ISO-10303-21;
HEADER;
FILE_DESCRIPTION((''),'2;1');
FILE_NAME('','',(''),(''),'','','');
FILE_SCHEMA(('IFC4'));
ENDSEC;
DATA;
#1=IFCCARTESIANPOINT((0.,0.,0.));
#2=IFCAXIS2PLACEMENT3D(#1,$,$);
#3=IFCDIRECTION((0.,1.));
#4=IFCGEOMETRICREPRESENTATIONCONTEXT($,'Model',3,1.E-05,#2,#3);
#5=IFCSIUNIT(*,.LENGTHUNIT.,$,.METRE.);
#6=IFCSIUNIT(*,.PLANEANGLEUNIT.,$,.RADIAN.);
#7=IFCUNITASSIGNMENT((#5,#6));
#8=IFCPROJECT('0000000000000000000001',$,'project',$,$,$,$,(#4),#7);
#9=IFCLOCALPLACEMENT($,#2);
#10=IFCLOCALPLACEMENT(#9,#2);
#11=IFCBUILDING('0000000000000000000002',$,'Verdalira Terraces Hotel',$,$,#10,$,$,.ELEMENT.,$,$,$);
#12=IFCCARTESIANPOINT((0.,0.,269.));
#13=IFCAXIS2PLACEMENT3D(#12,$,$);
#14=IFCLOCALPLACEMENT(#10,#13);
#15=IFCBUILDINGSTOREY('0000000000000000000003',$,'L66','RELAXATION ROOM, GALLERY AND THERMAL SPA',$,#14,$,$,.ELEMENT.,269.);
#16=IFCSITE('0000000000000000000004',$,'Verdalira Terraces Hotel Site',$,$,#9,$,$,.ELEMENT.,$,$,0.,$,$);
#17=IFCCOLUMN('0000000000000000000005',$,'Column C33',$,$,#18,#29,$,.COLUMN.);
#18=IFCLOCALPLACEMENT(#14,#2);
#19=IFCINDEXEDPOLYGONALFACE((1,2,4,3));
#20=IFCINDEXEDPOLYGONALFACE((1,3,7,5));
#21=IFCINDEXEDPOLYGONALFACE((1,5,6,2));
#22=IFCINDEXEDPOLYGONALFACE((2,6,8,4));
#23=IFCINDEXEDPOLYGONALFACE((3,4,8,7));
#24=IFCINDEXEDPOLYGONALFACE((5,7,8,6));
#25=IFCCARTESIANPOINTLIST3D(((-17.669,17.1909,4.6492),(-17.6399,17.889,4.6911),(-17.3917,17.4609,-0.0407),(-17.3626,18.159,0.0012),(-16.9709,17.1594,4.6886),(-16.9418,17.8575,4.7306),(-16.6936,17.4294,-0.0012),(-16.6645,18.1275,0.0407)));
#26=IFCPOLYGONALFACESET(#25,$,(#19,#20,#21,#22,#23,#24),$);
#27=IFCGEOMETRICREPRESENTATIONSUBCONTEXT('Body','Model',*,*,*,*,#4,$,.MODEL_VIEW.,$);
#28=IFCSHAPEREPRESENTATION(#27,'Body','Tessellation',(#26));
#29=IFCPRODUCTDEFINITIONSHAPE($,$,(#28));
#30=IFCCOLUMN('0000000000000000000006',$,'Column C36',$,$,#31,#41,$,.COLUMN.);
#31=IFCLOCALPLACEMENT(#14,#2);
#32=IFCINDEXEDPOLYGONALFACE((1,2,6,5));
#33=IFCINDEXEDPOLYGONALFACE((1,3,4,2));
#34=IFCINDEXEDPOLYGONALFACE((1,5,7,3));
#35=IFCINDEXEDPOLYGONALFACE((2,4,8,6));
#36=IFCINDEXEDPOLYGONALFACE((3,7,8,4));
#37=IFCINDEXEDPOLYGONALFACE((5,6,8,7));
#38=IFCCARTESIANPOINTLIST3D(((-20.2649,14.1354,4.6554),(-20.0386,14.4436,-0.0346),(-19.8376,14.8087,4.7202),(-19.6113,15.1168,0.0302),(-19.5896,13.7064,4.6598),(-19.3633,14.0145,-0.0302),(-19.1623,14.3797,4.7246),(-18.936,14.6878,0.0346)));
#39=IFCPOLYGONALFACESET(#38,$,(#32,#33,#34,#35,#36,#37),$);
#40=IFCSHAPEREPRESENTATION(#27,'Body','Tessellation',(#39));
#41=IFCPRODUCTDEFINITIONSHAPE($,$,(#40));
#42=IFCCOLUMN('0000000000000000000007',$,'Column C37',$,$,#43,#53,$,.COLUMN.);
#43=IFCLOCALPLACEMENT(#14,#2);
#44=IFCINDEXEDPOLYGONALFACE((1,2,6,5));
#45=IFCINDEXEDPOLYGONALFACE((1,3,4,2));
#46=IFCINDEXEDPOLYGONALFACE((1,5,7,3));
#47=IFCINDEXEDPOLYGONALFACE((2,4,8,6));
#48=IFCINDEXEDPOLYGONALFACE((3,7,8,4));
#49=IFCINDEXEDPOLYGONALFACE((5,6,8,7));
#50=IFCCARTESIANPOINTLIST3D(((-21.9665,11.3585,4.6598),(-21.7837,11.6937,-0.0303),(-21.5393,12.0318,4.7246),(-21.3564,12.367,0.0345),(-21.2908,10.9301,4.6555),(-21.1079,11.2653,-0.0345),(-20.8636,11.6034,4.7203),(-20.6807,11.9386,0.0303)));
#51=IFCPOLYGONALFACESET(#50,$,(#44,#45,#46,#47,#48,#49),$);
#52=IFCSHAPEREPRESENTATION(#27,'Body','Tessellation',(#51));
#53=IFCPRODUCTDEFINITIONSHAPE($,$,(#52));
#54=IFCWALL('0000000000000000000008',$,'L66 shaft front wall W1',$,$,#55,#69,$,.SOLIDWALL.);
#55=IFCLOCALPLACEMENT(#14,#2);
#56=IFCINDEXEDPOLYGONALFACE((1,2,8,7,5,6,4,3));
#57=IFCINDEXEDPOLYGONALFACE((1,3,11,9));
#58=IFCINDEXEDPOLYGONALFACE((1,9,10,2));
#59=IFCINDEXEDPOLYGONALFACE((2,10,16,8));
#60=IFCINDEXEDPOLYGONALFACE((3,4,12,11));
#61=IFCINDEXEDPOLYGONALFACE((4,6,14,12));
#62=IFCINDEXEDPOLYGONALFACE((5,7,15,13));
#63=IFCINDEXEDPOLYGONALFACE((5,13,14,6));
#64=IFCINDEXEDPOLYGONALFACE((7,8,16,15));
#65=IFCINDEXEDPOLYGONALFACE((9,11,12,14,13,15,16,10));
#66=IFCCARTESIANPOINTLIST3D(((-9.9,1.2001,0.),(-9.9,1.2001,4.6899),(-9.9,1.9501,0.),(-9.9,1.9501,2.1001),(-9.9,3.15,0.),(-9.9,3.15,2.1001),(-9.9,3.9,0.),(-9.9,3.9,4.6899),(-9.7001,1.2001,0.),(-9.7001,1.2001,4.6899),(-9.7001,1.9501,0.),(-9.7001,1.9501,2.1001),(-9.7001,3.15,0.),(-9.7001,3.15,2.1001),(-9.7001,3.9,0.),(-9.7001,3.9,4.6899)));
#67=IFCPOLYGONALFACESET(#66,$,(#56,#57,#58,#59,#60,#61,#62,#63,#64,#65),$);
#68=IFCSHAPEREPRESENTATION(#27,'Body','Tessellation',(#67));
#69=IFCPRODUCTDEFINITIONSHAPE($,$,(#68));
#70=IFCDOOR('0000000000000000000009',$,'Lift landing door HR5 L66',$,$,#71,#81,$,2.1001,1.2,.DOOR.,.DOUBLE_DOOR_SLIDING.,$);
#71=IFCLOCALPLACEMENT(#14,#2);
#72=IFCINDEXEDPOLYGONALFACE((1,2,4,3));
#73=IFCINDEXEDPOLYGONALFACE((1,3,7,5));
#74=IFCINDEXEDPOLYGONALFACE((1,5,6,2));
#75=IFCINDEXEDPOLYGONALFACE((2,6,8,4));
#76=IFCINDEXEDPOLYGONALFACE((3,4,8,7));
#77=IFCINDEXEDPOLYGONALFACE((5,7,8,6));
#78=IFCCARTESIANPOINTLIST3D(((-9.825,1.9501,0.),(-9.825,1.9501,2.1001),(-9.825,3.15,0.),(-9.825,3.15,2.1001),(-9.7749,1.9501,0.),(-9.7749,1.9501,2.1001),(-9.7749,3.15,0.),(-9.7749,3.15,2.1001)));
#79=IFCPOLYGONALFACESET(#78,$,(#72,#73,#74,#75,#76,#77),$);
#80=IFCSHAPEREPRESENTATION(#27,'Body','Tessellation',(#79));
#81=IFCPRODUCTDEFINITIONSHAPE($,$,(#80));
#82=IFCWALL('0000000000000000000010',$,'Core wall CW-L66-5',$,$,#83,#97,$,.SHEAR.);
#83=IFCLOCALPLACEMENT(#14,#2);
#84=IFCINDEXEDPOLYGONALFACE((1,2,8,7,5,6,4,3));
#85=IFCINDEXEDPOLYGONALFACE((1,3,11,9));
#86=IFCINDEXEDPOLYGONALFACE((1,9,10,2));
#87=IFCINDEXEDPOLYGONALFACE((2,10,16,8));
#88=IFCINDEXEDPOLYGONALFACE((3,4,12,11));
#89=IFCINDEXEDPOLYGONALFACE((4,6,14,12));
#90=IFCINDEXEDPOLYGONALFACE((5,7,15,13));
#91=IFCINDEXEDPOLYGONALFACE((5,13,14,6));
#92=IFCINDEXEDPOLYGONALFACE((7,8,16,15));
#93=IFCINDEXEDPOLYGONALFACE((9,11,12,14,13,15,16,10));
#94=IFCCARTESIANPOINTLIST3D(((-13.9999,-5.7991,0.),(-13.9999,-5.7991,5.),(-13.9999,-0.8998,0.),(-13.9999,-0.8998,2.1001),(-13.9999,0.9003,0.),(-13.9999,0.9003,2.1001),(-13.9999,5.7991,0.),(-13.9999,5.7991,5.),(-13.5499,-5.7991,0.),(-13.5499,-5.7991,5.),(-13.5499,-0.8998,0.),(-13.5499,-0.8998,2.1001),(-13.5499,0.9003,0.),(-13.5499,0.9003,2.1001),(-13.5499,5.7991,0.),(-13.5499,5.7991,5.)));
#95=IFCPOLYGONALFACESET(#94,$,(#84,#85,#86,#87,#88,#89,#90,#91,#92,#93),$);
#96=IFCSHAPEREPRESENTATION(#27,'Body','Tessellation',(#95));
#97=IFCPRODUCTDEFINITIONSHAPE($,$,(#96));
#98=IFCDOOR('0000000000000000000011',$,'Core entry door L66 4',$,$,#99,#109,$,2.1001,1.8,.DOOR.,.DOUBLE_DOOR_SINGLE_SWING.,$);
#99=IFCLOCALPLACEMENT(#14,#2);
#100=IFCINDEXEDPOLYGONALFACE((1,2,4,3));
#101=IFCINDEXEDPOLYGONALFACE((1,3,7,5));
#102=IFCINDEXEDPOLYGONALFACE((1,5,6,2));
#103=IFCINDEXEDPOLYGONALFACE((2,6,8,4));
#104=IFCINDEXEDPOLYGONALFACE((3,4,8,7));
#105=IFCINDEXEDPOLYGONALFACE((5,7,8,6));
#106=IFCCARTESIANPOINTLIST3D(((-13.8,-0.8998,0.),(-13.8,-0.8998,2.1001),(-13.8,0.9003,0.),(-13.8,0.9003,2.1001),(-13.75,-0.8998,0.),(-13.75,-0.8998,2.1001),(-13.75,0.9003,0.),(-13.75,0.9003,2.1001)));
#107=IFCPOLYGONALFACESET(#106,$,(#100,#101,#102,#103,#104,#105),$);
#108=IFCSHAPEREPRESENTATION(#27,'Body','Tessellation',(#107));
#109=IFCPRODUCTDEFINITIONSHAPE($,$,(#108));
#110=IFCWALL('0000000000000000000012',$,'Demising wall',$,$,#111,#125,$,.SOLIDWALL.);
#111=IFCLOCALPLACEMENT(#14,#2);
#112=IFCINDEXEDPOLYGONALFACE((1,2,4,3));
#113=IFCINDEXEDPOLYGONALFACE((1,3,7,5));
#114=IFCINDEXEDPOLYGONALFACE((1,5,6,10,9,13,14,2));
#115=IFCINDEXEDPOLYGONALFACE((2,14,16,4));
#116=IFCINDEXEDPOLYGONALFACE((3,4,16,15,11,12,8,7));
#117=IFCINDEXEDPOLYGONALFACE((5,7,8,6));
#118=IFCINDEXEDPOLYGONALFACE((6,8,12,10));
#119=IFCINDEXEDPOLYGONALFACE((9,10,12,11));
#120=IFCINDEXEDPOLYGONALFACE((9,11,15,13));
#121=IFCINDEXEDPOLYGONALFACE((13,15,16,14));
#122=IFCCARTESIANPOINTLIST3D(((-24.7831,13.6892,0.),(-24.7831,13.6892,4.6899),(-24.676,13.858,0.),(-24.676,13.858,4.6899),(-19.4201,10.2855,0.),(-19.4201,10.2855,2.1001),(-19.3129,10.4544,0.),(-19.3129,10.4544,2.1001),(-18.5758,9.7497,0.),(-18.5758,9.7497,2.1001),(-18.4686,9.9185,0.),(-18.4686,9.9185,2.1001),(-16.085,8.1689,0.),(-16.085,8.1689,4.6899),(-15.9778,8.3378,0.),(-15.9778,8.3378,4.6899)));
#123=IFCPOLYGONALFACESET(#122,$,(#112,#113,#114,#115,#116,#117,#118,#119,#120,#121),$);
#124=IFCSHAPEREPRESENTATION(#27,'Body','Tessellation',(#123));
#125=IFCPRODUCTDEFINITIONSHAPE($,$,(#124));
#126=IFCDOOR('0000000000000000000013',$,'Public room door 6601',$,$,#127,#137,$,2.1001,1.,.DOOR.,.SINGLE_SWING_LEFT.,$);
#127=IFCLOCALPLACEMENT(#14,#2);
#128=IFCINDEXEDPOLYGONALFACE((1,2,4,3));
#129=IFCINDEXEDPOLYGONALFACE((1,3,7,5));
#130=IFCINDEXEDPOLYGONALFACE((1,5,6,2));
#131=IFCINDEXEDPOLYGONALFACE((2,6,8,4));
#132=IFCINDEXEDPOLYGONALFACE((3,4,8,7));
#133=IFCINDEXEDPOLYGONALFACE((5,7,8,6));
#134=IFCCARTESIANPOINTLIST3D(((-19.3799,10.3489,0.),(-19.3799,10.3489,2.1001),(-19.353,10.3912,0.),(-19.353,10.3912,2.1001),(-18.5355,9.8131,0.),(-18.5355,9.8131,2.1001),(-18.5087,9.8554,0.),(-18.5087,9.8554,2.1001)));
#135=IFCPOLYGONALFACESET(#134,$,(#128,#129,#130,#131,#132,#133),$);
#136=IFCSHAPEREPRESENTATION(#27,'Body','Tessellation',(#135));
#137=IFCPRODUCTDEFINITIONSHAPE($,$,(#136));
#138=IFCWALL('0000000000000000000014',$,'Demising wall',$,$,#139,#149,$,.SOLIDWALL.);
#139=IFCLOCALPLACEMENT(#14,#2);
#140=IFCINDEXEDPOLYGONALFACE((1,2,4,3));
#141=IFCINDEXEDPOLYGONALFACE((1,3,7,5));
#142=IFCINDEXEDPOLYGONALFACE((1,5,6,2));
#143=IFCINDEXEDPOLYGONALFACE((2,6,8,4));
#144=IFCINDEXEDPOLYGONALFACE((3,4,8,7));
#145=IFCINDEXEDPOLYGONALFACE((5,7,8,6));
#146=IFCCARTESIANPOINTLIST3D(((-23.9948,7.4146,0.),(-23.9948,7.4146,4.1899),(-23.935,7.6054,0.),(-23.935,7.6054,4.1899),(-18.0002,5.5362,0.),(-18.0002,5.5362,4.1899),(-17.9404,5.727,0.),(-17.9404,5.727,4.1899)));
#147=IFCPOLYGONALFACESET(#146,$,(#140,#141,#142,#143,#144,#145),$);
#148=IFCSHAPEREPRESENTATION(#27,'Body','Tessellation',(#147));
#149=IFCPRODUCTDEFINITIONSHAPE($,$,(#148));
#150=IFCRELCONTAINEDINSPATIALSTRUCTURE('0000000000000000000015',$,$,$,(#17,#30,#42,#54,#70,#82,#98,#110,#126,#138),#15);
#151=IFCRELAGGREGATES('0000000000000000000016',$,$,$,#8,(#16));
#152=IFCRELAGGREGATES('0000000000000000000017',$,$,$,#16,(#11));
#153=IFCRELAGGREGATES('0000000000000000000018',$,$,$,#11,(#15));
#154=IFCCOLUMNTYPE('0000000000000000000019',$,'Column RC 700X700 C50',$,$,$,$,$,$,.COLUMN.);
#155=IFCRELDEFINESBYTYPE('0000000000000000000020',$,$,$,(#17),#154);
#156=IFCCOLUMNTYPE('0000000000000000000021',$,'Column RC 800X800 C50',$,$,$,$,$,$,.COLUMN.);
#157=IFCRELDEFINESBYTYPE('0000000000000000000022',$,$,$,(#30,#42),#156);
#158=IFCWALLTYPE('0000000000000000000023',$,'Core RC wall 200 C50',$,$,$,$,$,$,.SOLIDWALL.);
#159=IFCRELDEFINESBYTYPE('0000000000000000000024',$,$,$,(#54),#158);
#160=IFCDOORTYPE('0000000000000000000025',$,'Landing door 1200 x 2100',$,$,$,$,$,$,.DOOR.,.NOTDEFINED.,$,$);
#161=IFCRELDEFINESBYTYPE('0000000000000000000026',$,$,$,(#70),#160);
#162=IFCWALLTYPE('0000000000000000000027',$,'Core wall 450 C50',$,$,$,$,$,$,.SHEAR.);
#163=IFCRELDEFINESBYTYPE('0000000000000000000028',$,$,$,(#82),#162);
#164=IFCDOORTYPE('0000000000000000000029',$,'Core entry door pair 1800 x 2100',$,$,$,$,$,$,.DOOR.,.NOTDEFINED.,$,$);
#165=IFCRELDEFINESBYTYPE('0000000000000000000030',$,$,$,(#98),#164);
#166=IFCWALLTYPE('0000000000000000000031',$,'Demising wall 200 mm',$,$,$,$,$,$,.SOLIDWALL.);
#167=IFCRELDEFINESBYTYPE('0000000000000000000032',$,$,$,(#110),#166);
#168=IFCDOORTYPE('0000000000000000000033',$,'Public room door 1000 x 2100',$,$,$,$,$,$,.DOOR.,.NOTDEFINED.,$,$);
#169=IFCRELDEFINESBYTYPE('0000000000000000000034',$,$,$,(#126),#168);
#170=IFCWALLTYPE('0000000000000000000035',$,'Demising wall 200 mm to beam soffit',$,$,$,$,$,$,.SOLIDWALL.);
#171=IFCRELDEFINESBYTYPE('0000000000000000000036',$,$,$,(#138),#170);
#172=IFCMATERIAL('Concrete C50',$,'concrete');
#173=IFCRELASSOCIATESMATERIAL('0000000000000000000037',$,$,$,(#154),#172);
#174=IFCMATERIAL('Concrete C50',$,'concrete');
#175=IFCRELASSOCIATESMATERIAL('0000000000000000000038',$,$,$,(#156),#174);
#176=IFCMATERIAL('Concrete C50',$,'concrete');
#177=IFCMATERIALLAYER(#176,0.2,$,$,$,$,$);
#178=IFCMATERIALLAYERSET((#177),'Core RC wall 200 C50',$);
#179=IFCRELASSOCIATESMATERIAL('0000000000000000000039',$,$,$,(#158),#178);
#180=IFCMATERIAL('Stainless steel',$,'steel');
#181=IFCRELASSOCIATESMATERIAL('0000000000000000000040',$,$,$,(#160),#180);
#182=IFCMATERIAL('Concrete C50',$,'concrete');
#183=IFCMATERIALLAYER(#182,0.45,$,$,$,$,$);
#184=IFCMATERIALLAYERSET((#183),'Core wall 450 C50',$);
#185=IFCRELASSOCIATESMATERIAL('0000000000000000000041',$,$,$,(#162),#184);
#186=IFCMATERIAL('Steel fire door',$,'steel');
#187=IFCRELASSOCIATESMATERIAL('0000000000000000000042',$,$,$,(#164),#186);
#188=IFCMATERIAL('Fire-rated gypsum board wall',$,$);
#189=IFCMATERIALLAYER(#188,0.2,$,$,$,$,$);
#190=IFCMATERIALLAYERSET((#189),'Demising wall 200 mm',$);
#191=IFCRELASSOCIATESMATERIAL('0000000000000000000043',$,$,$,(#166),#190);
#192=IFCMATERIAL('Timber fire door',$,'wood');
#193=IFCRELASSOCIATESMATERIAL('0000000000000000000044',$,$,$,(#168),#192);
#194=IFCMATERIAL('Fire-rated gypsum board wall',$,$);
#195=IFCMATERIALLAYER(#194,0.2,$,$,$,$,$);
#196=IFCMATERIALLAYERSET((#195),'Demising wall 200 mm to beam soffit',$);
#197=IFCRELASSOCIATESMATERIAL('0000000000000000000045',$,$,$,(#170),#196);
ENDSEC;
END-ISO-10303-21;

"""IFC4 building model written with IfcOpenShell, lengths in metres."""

from ifc_helpers import new_model, si_unit, direction, frame, frame_2d, origin, origin_2d, place, context, subcontext, project, spatial, rectangle, extrude, material, layer, layer_set, material_profile, profile_set, type_object, element, fill, save


model = new_model("IFC4")

# Units and contexts
model_context = context("Model", 3, precision=1e-05, world=origin(), true_north=direction((0.0, 1.0)))
body_context = subcontext(model_context, "Body", "Model", "MODEL_VIEW")
ifc_project = project(units=[si_unit("LENGTHUNIT", "METRE"), si_unit("PLANEANGLEUNIT", "RADIAN")], contexts=[model_context])

# Site, building, storey
site_placement = place(None, origin())
site = spatial("IfcSite", under=ifc_project, at=site_placement, Name="Verdalira Terraces Hotel Site", CompositionType="ELEMENT", RefElevation=0.0)
building_placement = place(site_placement, origin())
building = spatial("IfcBuilding", under=site, at=building_placement, Name="Verdalira Terraces Hotel", CompositionType="ELEMENT")
storey_placement = place(building_placement, frame((0.0, 0.0, 269.0)))
storey = spatial("IfcBuildingStorey", under=building, at=storey_placement, Name="L66", Description="RELAXATION ROOM, GALLERY AND THERMAL SPA", CompositionType="ELEMENT", Elevation=269.0)

# Columns
ifc_material_1 = material(Name="Concrete C50", Category="concrete")
ifc_material_profile_1 = material_profile(ifc_material_1, rectangle(XDim=0.7, YDim=0.7, at=origin_2d()), Name="RC 700X700")
ifc_profile_set_1 = profile_set([ifc_material_profile_1], Name="Concrete C50")
column_type_1 = type_object("IfcColumnType", Name="Column RC 700X700 C50", PredefinedType="COLUMN", material=ifc_profile_set_1)
column_placement = place(storey_placement, frame((-17.0281, 17.7942, 0.0), z_axis=(-0.058935, -0.057379, 0.996611), x_axis=(0.997396, -0.044951, 0.056394)))
element("IfcColumn", 1, at=column_placement, inside=storey, type_object=column_type_1, Name="Column C33", PredefinedType="COLUMN", context=body_context, shape_type="SweptSolid", body=[
    extrude(rectangle(XDim=0.7, YDim=0.7, at=origin_2d()), origin(), (0.0, 0.0, 1.0), 4.7058),
])
ifc_material_2 = material(Name="Concrete C50", Category="concrete")
ifc_material_profile_2 = material_profile(ifc_material_2, rectangle(XDim=0.8, YDim=0.8, at=origin_2d()), Name="RC 800X800")
ifc_profile_set_2 = profile_set([ifc_material_profile_2], Name="Concrete C50")
column_type_2 = type_object("IfcColumnType", Name="Column RC 800X800 C50", PredefinedType="COLUMN", material=ifc_profile_set_2)
for number, where, z_axis, x_axis, name in (
    (2, (-19.4873, 14.5657, 0.0), (-0.048097, -0.065478, 0.996694), (-0.844048, 0.53624, -0.005502), "Column C36"),
    (3, (-21.2322, 11.8162, 0.0), (-0.038862, -0.071237, 0.996702), (-0.844582, 0.5354, 0.005336), "Column C37"),
):
    element("IfcColumn", number, at=place(storey_placement, frame(where, z_axis=z_axis, x_axis=x_axis)), inside=storey, type_object=column_type_2, Name=name, PredefinedType="COLUMN", context=body_context, shape_type="SweptSolid", body=[
        extrude(rectangle(XDim=0.8, YDim=0.8, at=origin_2d()), origin(), (0.0, 0.0, 1.0), 4.7056),
    ])

# Walls, openings, doors
ifc_material_3 = material(Name="Concrete C50", Category="concrete")
ifc_layer_1 = layer(ifc_material_3, 0.2)
ifc_layer_set_1 = layer_set([ifc_layer_1], Name="Core RC wall 200 C50")
wall_type_1 = type_object("IfcWallType", Name="Core RC wall 200 C50", PredefinedType="SOLIDWALL", material=ifc_layer_set_1)
wall_1_placement = place(storey_placement, frame((-9.8, 1.2, 0.0), z_axis=(0.0, 0.0, 1.0), x_axis=(0.0, 1.0, 0.0)))
wall_1 = element("IfcWall", 4, at=wall_1_placement, inside=storey, type_object=wall_type_1, Name="L66 shaft front wall W1", PredefinedType="SOLIDWALL", context=body_context, shape_type="SweptSolid", body=[
    extrude(rectangle(XDim=2.7, YDim=0.2, at=frame_2d((1.3501, 0.0))), origin(), (0.0, 0.0, 1.0), 4.6899),
])
opening_1_placement = place(wall_1_placement, frame((0.75, 0.0, 0.0)))
opening_1 = element("IfcOpeningElement", 5, at=opening_1_placement, cuts=wall_1, PredefinedType="OPENING", context=body_context, shape_type="SweptSolid", body=[
    extrude(rectangle(XDim=1.2, YDim=2.1001, at=frame_2d((0.6001, 1.05))), frame((0.0, 0.1099, 0.0), z_axis=(0.0, -1.0, 0.0), x_axis=(1.0, 0.0, 0.0)), (0.0, 0.0, 1.0), 0.22),
])
ifc_material_4 = material(Name="Stainless steel", Category="steel")
door_type_1 = type_object("IfcDoorType", Name="Landing door 1200 x 2100", OperationType="NOTDEFINED", PredefinedType="DOOR", material=ifc_material_4)
door_1_placement = place(opening_1_placement, origin())
door_1 = element("IfcDoor", 6, at=door_1_placement, inside=storey, type_object=door_type_1, Name="Lift landing door HR5 L66", OperationType="DOUBLE_DOOR_SLIDING", OverallHeight=2.1001, OverallWidth=1.2, PredefinedType="DOOR", context=body_context, shape_type="SweptSolid", body=[
    extrude(rectangle(XDim=1.2, YDim=2.1001, at=frame_2d((0.6001, 1.05))), frame((0.0, 0.0249, 0.0), z_axis=(0.0, -1.0, 0.0), x_axis=(1.0, 0.0, 0.0)), (0.0, 0.0, 1.0), 0.05),
])
fill(opening_1, door_1)
ifc_material_5 = material(Name="Concrete C50", Category="concrete")
ifc_layer_2 = layer(ifc_material_5, 0.45)
ifc_layer_set_2 = layer_set([ifc_layer_2], Name="Core wall 450 C50")
wall_type_2 = type_object("IfcWallType", Name="Core wall 450 C50", PredefinedType="SHEAR", material=ifc_layer_set_2)
wall_2_placement = place(storey_placement, frame((-13.7749, 5.7991, 0.0), z_axis=(0.0, 0.0, 1.0), x_axis=(0.0, -1.0, 0.0)))
wall_2 = element("IfcWall", 7, at=wall_2_placement, inside=storey, type_object=wall_type_2, Name="Core wall CW-L66-5", PredefinedType="SHEAR", context=body_context, shape_type="SweptSolid", body=[
    extrude(rectangle(XDim=11.5981, YDim=0.45, at=frame_2d((5.7991, 0.0))), origin(), (0.0, 0.0, 1.0), 5.0),
])
opening_2_placement = place(wall_2_placement, frame((4.8989, 0.0, 0.0)))
opening_2 = element("IfcOpeningElement", 8, at=opening_2_placement, cuts=wall_2, PredefinedType="OPENING", context=body_context, shape_type="SweptSolid", body=[
    extrude(rectangle(XDim=1.8, YDim=2.1001, at=frame_2d((0.8999, 1.05))), frame((0.0, 0.2349, 0.0), z_axis=(0.0, -1.0, 0.0), x_axis=(1.0, 0.0, 0.0)), (0.0, 0.0, 1.0), 0.47),
])
ifc_material_6 = material(Name="Steel fire door", Category="steel")
door_type_2 = type_object("IfcDoorType", Name="Core entry door pair 1800 x 2100", OperationType="NOTDEFINED", PredefinedType="DOOR", material=ifc_material_6)
door_2_placement = place(opening_2_placement, origin())
door_2 = element("IfcDoor", 9, at=door_2_placement, inside=storey, type_object=door_type_2, Name="Core entry door L66 4", OperationType="DOUBLE_DOOR_SINGLE_SWING", OverallHeight=2.1001, OverallWidth=1.8, PredefinedType="DOOR", context=body_context, shape_type="SweptSolid", body=[
    extrude(rectangle(XDim=1.8, YDim=2.1001, at=frame_2d((0.8999, 1.05))), frame((0.0, 0.0249, 0.0), z_axis=(0.0, -1.0, 0.0), x_axis=(1.0, 0.0, 0.0)), (0.0, 0.0, 1.0), 0.05),
])
fill(opening_2, door_2)
ifc_material_7 = material(Name="Fire-rated gypsum board wall")
ifc_layer_3 = layer(ifc_material_7, 0.2)
ifc_layer_set_3 = layer_set([ifc_layer_3], Name="Demising wall 200 mm")
wall_type_3 = type_object("IfcWallType", Name="Demising wall 200 mm", PredefinedType="SOLIDWALL", material=ifc_layer_set_3)
wall_3_placement = place(storey_placement, frame((-16.0315, 8.2534, 0.0), z_axis=(0.0, 0.0, 1.0), x_axis=(-0.84432, 0.53584, 0.0)))
wall_3 = element("IfcWall", 10, at=wall_3_placement, inside=storey, type_object=wall_type_3, Name="Demising wall", PredefinedType="SOLIDWALL", context=body_context, shape_type="SweptSolid", body=[
    extrude(rectangle(XDim=10.302, YDim=0.2, at=frame_2d((5.1509, 0.0))), origin(), (0.0, 0.0, 1.0), 4.6899),
])
opening_3_placement = place(wall_3_placement, frame((2.95, 0.0, 0.0)))
opening_3 = element("IfcOpeningElement", 11, at=opening_3_placement, cuts=wall_3, PredefinedType="OPENING", context=body_context, shape_type="SweptSolid", body=[
    extrude(rectangle(XDim=1.0, YDim=2.1001, at=frame_2d((0.5, 1.05))), frame((0.0, 0.1099, 0.0), z_axis=(0.0, -1.0, 0.0), x_axis=(1.0, 0.0, 0.0)), (0.0, 0.0, 1.0), 0.22),
])
ifc_material_8 = material(Name="Timber fire door", Category="wood")
door_type_3 = type_object("IfcDoorType", Name="Public room door 1000 x 2100", OperationType="NOTDEFINED", PredefinedType="DOOR", material=ifc_material_8)
door_3_placement = place(opening_3_placement, origin())
door_3 = element("IfcDoor", 12, at=door_3_placement, inside=storey, type_object=door_type_3, Name="Public room door 6601", OperationType="SINGLE_SWING_LEFT", OverallHeight=2.1001, OverallWidth=1.0, PredefinedType="DOOR", context=body_context, shape_type="SweptSolid", body=[
    extrude(rectangle(XDim=1.0, YDim=2.1001, at=frame_2d((0.5, 1.05))), frame((0.0, 0.0249, 0.0), z_axis=(0.0, -1.0, 0.0), x_axis=(1.0, 0.0, 0.0)), (0.0, 0.0, 1.0), 0.05),
])
fill(opening_3, door_3)

# Wall
ifc_material_9 = material(Name="Fire-rated gypsum board wall")
ifc_layer_4 = layer(ifc_material_9, 0.2)
ifc_layer_set_4 = layer_set([ifc_layer_4], Name="Demising wall 200 mm to beam soffit")
wall_type_4 = type_object("IfcWallType", Name="Demising wall 200 mm to beam soffit", PredefinedType="SOLIDWALL", material=ifc_layer_set_4)
wall_4_placement = place(storey_placement, frame((-17.9702, 5.6316, 0.0), z_axis=(0.0, 0.0, 1.0), x_axis=(-0.954249, 0.299014, 0.0)))
element("IfcWall", 13, at=wall_4_placement, inside=storey, type_object=wall_type_4, Name="Demising wall", PredefinedType="SOLIDWALL", context=body_context, shape_type="SweptSolid", body=[
    extrude(rectangle(XDim=6.282, YDim=0.2, at=frame_2d((3.1411, 0.0))), origin(), (0.0, 0.0, 1.0), 4.1899),
])

save(model, "model.ifc")
